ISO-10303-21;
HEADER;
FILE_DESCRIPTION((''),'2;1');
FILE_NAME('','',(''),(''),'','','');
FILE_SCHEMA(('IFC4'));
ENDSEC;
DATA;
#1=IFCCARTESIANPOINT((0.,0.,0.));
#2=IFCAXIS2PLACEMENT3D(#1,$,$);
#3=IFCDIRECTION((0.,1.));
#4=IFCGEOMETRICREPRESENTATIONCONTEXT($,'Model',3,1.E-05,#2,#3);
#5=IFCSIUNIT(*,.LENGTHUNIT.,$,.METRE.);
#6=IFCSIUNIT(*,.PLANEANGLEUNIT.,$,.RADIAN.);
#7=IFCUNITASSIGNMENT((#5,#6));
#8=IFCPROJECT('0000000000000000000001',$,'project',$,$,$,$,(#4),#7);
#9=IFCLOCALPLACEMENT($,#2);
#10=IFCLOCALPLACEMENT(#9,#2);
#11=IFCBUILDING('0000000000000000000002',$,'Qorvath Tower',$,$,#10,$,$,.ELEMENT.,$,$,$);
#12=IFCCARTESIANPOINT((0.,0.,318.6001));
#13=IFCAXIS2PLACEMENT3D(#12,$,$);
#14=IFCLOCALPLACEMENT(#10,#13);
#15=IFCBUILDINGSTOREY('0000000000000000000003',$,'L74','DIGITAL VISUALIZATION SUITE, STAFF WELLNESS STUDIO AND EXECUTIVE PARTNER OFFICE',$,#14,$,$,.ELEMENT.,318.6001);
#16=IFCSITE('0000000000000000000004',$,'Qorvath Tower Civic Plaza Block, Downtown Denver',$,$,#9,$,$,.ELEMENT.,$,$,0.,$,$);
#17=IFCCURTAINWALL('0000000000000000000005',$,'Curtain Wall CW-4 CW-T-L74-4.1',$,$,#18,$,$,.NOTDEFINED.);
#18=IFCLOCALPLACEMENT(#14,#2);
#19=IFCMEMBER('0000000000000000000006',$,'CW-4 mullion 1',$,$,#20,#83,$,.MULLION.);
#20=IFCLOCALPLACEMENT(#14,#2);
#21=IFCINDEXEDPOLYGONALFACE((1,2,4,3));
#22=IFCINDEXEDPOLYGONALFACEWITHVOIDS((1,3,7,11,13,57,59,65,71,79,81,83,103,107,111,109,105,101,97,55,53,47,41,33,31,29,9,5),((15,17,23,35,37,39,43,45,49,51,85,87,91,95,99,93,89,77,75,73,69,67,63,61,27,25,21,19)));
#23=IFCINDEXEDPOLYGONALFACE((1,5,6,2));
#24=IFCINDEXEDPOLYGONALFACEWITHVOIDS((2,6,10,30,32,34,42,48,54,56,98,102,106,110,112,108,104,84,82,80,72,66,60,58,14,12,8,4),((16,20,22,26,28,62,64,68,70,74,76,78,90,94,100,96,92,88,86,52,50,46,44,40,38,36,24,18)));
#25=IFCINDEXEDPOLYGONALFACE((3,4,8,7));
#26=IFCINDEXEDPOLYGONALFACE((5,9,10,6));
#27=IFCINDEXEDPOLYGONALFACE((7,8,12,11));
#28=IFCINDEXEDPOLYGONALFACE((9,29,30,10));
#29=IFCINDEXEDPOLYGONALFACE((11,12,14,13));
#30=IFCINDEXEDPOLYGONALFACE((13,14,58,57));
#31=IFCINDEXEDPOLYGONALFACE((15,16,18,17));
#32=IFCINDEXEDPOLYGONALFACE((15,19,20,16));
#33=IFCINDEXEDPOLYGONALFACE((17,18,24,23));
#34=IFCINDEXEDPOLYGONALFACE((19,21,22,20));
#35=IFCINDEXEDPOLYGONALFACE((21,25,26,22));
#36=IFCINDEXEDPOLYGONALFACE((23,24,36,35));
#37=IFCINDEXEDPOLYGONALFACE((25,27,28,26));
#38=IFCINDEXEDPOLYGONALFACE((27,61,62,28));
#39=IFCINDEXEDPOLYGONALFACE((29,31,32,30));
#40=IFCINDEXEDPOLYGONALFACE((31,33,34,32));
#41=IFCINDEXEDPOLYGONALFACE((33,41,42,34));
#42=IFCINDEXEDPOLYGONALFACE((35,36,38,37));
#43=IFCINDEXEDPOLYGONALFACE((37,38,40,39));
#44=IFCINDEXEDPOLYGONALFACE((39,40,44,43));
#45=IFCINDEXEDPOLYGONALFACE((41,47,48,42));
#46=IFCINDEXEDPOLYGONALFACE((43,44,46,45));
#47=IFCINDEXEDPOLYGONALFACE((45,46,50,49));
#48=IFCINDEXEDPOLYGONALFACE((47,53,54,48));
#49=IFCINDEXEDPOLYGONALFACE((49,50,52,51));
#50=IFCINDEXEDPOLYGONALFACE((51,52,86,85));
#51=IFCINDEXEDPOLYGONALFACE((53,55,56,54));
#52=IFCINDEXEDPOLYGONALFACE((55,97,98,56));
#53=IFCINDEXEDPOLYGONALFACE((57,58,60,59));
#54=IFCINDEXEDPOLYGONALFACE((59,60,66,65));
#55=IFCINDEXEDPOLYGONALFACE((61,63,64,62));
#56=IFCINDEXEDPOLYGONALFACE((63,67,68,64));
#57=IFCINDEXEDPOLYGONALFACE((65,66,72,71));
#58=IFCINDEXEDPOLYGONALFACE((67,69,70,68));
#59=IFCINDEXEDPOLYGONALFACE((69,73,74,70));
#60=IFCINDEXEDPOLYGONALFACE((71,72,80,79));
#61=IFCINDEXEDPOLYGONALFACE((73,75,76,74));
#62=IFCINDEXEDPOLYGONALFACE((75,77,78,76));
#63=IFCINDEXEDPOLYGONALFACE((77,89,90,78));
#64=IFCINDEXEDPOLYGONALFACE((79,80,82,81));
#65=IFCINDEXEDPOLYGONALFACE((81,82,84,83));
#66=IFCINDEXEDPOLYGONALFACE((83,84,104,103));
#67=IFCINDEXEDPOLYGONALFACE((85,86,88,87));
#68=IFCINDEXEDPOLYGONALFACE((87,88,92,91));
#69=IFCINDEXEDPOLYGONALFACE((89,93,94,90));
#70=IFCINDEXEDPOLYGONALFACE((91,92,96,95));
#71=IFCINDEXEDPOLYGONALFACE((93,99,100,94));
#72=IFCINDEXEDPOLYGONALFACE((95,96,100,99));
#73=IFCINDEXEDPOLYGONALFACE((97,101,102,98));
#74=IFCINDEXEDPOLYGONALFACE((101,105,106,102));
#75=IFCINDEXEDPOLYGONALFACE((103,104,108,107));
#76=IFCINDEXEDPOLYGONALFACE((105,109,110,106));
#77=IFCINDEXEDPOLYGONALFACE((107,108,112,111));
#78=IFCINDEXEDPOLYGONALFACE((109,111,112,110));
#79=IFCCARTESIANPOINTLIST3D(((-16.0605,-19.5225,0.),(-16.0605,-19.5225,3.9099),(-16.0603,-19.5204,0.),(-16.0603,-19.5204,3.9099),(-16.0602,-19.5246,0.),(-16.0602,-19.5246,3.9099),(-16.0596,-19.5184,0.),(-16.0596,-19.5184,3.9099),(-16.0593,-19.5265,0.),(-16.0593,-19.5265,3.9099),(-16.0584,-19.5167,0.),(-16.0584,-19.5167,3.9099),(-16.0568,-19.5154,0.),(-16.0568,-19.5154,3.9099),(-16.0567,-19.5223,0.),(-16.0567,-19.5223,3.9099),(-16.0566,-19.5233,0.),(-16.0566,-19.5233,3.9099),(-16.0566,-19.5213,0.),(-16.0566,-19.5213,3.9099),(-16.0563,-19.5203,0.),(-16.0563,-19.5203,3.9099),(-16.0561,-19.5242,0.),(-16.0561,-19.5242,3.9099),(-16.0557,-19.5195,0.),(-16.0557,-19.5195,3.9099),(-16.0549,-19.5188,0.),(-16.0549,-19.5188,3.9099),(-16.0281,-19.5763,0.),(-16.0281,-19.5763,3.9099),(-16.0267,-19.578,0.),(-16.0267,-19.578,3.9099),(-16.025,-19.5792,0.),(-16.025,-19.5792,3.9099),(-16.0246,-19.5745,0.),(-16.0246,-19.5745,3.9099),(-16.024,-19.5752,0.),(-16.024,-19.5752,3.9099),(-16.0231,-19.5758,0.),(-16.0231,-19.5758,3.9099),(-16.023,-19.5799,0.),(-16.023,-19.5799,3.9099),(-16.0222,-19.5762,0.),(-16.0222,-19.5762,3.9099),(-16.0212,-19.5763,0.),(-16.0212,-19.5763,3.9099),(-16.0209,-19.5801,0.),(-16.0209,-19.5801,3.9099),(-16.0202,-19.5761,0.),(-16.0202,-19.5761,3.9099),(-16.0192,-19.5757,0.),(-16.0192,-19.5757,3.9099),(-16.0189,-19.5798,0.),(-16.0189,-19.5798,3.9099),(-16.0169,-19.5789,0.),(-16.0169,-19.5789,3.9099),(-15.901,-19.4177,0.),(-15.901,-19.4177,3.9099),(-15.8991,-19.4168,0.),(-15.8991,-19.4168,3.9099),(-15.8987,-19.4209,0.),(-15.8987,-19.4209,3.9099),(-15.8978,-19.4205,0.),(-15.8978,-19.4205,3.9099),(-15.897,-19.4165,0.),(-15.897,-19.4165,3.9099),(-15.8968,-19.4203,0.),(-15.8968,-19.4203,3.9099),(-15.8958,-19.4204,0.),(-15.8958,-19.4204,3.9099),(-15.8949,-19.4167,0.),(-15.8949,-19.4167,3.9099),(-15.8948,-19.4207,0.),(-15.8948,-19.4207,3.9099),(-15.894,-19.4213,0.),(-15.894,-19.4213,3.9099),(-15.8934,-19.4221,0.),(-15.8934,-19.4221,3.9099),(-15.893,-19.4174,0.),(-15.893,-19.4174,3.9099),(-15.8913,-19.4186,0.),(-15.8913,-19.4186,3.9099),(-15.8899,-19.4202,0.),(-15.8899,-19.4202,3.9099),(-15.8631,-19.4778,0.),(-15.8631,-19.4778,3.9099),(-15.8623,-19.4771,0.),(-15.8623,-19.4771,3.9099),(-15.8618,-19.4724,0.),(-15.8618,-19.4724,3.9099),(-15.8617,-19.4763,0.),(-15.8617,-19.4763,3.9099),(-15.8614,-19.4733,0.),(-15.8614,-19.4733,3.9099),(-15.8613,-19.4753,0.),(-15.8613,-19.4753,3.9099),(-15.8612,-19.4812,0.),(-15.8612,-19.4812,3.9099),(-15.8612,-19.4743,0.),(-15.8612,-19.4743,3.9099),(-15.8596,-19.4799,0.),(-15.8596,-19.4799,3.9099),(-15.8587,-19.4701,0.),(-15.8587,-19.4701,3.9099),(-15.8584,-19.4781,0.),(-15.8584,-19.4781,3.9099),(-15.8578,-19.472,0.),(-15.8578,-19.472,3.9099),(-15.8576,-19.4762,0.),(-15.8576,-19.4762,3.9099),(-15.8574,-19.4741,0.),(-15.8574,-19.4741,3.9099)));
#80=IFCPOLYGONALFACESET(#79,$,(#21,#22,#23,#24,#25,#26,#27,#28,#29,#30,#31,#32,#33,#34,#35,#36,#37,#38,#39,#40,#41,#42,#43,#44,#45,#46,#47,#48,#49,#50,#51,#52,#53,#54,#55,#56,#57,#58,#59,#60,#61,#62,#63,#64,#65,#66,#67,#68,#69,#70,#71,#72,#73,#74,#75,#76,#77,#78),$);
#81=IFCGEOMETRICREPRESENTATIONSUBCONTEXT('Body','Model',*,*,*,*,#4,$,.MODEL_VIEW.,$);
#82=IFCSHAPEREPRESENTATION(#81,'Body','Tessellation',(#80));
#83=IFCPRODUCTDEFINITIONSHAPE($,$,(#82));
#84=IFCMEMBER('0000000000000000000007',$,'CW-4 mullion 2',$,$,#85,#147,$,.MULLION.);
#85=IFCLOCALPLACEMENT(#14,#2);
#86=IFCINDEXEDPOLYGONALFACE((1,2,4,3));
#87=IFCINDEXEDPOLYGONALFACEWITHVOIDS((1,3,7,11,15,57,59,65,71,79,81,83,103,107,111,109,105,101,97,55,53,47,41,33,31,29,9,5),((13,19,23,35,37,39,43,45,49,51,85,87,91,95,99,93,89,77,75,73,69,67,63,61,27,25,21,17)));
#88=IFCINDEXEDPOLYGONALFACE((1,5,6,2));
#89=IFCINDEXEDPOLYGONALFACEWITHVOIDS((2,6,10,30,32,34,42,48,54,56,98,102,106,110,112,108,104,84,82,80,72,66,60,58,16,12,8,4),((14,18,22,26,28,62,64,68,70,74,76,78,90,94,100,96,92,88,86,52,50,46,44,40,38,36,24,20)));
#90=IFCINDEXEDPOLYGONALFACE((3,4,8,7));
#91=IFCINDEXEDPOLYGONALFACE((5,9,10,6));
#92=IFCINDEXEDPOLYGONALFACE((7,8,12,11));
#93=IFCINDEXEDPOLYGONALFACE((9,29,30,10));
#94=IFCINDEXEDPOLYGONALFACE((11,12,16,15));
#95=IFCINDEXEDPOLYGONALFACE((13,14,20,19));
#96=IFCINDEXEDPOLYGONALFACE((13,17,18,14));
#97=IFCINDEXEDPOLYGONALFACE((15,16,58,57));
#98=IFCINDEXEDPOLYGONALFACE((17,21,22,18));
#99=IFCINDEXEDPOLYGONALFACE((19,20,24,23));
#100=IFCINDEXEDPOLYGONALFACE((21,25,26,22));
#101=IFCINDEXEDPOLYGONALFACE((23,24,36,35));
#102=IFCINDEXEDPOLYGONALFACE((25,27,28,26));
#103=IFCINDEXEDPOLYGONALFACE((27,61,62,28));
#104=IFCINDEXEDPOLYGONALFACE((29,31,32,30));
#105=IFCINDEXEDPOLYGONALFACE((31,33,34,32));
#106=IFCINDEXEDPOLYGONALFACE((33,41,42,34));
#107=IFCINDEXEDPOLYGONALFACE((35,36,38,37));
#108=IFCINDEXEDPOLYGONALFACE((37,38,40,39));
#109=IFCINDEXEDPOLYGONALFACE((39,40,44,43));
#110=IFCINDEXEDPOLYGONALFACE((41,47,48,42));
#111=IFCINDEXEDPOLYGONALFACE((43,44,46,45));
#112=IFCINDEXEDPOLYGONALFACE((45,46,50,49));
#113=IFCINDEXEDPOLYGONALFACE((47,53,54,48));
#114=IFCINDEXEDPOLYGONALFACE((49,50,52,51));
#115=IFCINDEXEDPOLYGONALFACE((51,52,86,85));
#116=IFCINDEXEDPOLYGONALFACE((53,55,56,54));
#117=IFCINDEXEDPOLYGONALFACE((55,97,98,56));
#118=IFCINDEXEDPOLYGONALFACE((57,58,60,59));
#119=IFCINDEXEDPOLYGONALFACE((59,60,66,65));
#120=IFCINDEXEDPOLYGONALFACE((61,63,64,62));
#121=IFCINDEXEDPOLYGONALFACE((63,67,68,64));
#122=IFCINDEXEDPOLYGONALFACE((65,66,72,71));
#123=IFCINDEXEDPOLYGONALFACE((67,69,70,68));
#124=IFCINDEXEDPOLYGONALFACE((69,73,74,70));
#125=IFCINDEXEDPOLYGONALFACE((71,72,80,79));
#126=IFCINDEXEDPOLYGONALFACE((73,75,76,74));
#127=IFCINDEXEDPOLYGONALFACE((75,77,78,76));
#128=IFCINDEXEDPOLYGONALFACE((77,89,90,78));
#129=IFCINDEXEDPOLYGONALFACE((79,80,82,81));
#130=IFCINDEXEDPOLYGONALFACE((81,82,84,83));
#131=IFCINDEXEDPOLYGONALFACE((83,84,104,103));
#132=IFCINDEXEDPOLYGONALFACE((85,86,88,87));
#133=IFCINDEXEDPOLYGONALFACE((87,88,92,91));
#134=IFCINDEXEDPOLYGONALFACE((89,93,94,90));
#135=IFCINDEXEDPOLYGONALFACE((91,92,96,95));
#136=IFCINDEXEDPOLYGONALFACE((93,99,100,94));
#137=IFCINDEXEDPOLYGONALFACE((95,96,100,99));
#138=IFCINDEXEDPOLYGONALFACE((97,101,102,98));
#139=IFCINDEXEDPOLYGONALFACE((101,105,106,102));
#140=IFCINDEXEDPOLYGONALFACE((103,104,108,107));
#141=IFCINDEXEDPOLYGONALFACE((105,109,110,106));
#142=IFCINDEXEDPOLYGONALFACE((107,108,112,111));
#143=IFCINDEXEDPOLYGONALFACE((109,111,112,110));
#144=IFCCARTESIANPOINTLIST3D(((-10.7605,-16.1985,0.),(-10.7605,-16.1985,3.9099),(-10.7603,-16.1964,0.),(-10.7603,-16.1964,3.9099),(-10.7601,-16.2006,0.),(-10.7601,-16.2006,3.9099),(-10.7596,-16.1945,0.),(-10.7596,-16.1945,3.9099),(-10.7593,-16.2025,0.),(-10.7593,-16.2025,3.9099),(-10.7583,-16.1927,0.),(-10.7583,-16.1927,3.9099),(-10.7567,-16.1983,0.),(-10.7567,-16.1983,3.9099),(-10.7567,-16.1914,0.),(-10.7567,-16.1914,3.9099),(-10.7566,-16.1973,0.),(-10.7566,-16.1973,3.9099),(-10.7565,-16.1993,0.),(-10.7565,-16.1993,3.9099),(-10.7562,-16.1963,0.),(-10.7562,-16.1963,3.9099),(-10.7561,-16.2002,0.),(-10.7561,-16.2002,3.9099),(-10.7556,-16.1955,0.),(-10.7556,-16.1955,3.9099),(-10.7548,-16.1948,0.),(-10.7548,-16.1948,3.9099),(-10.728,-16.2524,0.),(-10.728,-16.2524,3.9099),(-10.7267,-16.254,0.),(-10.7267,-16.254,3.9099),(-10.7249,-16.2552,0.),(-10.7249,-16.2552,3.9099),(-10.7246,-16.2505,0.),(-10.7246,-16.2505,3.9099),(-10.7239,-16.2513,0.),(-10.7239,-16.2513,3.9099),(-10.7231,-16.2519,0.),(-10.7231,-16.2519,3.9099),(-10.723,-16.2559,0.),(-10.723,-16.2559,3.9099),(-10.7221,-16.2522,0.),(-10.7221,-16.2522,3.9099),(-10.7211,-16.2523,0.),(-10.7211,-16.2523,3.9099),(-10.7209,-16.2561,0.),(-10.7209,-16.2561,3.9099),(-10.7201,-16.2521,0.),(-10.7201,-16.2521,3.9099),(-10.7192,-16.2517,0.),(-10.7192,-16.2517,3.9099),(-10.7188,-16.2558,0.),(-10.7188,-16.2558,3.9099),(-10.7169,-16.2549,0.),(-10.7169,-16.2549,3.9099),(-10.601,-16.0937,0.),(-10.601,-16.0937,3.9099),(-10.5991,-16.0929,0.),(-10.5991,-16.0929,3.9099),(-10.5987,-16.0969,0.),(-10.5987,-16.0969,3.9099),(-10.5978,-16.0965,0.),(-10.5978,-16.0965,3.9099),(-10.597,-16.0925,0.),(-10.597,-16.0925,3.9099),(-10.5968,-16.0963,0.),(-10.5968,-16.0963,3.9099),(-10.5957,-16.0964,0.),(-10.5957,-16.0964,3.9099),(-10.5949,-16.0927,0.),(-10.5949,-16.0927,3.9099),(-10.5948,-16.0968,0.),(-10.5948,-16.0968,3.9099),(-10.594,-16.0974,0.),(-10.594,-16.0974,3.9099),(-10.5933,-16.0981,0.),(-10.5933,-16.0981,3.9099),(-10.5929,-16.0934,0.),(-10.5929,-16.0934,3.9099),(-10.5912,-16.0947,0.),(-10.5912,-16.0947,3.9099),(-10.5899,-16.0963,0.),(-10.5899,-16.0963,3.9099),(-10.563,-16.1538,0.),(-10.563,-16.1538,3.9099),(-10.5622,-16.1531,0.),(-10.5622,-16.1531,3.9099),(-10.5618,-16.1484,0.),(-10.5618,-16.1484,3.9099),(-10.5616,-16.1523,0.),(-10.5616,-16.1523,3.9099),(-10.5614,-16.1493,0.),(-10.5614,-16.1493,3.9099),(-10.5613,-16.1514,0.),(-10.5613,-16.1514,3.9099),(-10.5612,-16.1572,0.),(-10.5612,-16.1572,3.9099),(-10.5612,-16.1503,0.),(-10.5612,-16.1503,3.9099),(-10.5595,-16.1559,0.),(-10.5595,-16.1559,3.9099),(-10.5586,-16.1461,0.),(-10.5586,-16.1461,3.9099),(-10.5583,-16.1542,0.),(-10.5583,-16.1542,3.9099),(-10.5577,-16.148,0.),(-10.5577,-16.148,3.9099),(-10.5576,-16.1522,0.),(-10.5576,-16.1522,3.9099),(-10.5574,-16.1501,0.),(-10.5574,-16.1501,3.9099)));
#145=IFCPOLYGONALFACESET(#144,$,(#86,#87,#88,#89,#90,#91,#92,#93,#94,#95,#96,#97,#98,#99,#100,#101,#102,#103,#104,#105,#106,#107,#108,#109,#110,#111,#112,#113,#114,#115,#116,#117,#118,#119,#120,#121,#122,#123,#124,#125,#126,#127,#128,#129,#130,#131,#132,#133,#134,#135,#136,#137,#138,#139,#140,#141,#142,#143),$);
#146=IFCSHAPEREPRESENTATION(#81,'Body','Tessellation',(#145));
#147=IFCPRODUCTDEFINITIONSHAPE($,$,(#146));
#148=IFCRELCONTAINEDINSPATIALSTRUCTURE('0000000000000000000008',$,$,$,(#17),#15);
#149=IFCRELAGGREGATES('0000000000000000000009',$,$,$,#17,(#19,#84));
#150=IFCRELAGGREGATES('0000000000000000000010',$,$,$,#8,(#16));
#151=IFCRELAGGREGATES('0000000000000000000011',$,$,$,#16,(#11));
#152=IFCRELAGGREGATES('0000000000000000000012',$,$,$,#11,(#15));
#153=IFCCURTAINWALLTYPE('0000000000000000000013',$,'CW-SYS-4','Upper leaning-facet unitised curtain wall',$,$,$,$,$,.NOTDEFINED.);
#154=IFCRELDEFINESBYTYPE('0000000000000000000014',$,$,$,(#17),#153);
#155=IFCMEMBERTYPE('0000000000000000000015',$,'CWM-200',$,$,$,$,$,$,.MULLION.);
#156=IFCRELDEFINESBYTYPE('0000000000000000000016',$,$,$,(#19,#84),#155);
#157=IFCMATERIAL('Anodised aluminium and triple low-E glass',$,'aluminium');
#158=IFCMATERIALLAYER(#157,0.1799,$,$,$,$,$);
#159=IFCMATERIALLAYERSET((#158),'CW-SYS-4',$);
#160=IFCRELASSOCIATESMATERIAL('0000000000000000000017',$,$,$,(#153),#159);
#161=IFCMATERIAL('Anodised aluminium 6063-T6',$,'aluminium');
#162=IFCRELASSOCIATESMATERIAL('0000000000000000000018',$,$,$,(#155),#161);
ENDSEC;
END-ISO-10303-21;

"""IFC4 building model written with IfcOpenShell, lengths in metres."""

from ifc_helpers import new_model, si_unit, direction, frame, origin, origin_2d, place, context, subcontext, project, spatial, hollow_rectangle, extrude, material, layer, layer_set, material_profile, profile_set, type_object, element, aggregate, save


model = new_model("IFC4")

# Units and contexts
model_context = context("Model", 3, precision=1e-05, world=origin(), true_north=direction((0.0, 1.0)))
body_context = subcontext(model_context, "Body", "Model", "MODEL_VIEW")
ifc_project = project(units=[si_unit("LENGTHUNIT", "METRE"), si_unit("PLANEANGLEUNIT", "RADIAN")], contexts=[model_context])

# Site, building, storey
site_placement = place(None, origin())
site = spatial("IfcSite", under=ifc_project, at=site_placement, Name="Qorvath Tower Civic Plaza Block, Downtown Denver", CompositionType="ELEMENT", RefElevation=0.0)
building_placement = place(site_placement, origin())
building = spatial("IfcBuilding", under=site, at=building_placement, Name="Qorvath Tower", CompositionType="ELEMENT")
storey_placement = place(building_placement, frame((0.0, 0.0, 318.6001)))
storey = spatial("IfcBuildingStorey", under=building, at=storey_placement, Name="L74", Description="DIGITAL VISUALIZATION SUITE, STAFF WELLNESS STUDIO AND EXECUTIVE PARTNER OFFICE", CompositionType="ELEMENT", Elevation=318.6001)

# Shared definitions
ifc_material_1 = material(Name="Anodised aluminium and triple low-E glass", Category="aluminium")
ifc_layer_1 = layer(ifc_material_1, 0.1799)
ifc_layer_set_1 = layer_set([ifc_layer_1], Name="CW-SYS-4")
curtain_wall_type = type_object("IfcCurtainWallType", Name="CW-SYS-4", Description="Upper leaning-facet unitised curtain wall", PredefinedType="NOTDEFINED", material=ifc_layer_set_1)
ifc_material_2 = material(Name="Anodised aluminium 6063-T6", Category="aluminium")
ifc_material_profile_1 = material_profile(ifc_material_2, hollow_rectangle(XDim=0.075, YDim=0.2, WallThickness=0.0039, InnerFilletRadius=0.0039, OuterFilletRadius=0.0081, at=origin_2d()), Name="CWM 200x75")
ifc_profile_set_1 = profile_set([ifc_material_profile_1], Name="Anodised aluminium 6063-T6")
member_type_1 = type_object("IfcMemberType", Name="CWM-200", PredefinedType="MULLION", material=ifc_profile_set_1)

# Curtain wall, members
curtain_wall_1_placement = place(storey_placement, origin())
curtain_wall_1 = element("IfcCurtainWall", 1, at=curtain_wall_1_placement, inside=storey, type_object=curtain_wall_type, Name="Curtain Wall CW-4 CW-T-L74-4.1", PredefinedType="NOTDEFINED")
member_1_placement = place(storey_placement, frame((-15.959, -19.4983, 0.0), z_axis=(0.0, 0.0, 1.0), x_axis=(-0.531317, 0.847173, 0.0)))
member_1 = element("IfcMember", 2, at=member_1_placement, type_object=member_type_1, Name="CW-4 mullion 1", PredefinedType="MULLION", context=body_context, shape_type="SweptSolid", body=[
    extrude(hollow_rectangle(XDim=0.075, YDim=0.2, WallThickness=0.0039, InnerFilletRadius=0.0039, OuterFilletRadius=0.0081, at=origin_2d()), origin(), (0.0, 0.0, 1.0), 3.9099),
])
member_2_placement = place(storey_placement, frame((-10.6589, -16.1743, 0.0), z_axis=(0.0, 0.0, 1.0), x_axis=(-0.531317, 0.847173, 0.0)))
member_2 = element("IfcMember", 3, at=member_2_placement, type_object=member_type_1, Name="CW-4 mullion 2", PredefinedType="MULLION", context=body_context, shape_type="SweptSolid", body=[
    extrude(hollow_rectangle(XDim=0.075, YDim=0.2, WallThickness=0.0039, InnerFilletRadius=0.0039, OuterFilletRadius=0.0081, at=origin_2d()), origin(), (0.0, 0.0, 1.0), 3.9099),
])

aggregate(curtain_wall_1, [member_1, member_2])

save(model, "model.ifc")
